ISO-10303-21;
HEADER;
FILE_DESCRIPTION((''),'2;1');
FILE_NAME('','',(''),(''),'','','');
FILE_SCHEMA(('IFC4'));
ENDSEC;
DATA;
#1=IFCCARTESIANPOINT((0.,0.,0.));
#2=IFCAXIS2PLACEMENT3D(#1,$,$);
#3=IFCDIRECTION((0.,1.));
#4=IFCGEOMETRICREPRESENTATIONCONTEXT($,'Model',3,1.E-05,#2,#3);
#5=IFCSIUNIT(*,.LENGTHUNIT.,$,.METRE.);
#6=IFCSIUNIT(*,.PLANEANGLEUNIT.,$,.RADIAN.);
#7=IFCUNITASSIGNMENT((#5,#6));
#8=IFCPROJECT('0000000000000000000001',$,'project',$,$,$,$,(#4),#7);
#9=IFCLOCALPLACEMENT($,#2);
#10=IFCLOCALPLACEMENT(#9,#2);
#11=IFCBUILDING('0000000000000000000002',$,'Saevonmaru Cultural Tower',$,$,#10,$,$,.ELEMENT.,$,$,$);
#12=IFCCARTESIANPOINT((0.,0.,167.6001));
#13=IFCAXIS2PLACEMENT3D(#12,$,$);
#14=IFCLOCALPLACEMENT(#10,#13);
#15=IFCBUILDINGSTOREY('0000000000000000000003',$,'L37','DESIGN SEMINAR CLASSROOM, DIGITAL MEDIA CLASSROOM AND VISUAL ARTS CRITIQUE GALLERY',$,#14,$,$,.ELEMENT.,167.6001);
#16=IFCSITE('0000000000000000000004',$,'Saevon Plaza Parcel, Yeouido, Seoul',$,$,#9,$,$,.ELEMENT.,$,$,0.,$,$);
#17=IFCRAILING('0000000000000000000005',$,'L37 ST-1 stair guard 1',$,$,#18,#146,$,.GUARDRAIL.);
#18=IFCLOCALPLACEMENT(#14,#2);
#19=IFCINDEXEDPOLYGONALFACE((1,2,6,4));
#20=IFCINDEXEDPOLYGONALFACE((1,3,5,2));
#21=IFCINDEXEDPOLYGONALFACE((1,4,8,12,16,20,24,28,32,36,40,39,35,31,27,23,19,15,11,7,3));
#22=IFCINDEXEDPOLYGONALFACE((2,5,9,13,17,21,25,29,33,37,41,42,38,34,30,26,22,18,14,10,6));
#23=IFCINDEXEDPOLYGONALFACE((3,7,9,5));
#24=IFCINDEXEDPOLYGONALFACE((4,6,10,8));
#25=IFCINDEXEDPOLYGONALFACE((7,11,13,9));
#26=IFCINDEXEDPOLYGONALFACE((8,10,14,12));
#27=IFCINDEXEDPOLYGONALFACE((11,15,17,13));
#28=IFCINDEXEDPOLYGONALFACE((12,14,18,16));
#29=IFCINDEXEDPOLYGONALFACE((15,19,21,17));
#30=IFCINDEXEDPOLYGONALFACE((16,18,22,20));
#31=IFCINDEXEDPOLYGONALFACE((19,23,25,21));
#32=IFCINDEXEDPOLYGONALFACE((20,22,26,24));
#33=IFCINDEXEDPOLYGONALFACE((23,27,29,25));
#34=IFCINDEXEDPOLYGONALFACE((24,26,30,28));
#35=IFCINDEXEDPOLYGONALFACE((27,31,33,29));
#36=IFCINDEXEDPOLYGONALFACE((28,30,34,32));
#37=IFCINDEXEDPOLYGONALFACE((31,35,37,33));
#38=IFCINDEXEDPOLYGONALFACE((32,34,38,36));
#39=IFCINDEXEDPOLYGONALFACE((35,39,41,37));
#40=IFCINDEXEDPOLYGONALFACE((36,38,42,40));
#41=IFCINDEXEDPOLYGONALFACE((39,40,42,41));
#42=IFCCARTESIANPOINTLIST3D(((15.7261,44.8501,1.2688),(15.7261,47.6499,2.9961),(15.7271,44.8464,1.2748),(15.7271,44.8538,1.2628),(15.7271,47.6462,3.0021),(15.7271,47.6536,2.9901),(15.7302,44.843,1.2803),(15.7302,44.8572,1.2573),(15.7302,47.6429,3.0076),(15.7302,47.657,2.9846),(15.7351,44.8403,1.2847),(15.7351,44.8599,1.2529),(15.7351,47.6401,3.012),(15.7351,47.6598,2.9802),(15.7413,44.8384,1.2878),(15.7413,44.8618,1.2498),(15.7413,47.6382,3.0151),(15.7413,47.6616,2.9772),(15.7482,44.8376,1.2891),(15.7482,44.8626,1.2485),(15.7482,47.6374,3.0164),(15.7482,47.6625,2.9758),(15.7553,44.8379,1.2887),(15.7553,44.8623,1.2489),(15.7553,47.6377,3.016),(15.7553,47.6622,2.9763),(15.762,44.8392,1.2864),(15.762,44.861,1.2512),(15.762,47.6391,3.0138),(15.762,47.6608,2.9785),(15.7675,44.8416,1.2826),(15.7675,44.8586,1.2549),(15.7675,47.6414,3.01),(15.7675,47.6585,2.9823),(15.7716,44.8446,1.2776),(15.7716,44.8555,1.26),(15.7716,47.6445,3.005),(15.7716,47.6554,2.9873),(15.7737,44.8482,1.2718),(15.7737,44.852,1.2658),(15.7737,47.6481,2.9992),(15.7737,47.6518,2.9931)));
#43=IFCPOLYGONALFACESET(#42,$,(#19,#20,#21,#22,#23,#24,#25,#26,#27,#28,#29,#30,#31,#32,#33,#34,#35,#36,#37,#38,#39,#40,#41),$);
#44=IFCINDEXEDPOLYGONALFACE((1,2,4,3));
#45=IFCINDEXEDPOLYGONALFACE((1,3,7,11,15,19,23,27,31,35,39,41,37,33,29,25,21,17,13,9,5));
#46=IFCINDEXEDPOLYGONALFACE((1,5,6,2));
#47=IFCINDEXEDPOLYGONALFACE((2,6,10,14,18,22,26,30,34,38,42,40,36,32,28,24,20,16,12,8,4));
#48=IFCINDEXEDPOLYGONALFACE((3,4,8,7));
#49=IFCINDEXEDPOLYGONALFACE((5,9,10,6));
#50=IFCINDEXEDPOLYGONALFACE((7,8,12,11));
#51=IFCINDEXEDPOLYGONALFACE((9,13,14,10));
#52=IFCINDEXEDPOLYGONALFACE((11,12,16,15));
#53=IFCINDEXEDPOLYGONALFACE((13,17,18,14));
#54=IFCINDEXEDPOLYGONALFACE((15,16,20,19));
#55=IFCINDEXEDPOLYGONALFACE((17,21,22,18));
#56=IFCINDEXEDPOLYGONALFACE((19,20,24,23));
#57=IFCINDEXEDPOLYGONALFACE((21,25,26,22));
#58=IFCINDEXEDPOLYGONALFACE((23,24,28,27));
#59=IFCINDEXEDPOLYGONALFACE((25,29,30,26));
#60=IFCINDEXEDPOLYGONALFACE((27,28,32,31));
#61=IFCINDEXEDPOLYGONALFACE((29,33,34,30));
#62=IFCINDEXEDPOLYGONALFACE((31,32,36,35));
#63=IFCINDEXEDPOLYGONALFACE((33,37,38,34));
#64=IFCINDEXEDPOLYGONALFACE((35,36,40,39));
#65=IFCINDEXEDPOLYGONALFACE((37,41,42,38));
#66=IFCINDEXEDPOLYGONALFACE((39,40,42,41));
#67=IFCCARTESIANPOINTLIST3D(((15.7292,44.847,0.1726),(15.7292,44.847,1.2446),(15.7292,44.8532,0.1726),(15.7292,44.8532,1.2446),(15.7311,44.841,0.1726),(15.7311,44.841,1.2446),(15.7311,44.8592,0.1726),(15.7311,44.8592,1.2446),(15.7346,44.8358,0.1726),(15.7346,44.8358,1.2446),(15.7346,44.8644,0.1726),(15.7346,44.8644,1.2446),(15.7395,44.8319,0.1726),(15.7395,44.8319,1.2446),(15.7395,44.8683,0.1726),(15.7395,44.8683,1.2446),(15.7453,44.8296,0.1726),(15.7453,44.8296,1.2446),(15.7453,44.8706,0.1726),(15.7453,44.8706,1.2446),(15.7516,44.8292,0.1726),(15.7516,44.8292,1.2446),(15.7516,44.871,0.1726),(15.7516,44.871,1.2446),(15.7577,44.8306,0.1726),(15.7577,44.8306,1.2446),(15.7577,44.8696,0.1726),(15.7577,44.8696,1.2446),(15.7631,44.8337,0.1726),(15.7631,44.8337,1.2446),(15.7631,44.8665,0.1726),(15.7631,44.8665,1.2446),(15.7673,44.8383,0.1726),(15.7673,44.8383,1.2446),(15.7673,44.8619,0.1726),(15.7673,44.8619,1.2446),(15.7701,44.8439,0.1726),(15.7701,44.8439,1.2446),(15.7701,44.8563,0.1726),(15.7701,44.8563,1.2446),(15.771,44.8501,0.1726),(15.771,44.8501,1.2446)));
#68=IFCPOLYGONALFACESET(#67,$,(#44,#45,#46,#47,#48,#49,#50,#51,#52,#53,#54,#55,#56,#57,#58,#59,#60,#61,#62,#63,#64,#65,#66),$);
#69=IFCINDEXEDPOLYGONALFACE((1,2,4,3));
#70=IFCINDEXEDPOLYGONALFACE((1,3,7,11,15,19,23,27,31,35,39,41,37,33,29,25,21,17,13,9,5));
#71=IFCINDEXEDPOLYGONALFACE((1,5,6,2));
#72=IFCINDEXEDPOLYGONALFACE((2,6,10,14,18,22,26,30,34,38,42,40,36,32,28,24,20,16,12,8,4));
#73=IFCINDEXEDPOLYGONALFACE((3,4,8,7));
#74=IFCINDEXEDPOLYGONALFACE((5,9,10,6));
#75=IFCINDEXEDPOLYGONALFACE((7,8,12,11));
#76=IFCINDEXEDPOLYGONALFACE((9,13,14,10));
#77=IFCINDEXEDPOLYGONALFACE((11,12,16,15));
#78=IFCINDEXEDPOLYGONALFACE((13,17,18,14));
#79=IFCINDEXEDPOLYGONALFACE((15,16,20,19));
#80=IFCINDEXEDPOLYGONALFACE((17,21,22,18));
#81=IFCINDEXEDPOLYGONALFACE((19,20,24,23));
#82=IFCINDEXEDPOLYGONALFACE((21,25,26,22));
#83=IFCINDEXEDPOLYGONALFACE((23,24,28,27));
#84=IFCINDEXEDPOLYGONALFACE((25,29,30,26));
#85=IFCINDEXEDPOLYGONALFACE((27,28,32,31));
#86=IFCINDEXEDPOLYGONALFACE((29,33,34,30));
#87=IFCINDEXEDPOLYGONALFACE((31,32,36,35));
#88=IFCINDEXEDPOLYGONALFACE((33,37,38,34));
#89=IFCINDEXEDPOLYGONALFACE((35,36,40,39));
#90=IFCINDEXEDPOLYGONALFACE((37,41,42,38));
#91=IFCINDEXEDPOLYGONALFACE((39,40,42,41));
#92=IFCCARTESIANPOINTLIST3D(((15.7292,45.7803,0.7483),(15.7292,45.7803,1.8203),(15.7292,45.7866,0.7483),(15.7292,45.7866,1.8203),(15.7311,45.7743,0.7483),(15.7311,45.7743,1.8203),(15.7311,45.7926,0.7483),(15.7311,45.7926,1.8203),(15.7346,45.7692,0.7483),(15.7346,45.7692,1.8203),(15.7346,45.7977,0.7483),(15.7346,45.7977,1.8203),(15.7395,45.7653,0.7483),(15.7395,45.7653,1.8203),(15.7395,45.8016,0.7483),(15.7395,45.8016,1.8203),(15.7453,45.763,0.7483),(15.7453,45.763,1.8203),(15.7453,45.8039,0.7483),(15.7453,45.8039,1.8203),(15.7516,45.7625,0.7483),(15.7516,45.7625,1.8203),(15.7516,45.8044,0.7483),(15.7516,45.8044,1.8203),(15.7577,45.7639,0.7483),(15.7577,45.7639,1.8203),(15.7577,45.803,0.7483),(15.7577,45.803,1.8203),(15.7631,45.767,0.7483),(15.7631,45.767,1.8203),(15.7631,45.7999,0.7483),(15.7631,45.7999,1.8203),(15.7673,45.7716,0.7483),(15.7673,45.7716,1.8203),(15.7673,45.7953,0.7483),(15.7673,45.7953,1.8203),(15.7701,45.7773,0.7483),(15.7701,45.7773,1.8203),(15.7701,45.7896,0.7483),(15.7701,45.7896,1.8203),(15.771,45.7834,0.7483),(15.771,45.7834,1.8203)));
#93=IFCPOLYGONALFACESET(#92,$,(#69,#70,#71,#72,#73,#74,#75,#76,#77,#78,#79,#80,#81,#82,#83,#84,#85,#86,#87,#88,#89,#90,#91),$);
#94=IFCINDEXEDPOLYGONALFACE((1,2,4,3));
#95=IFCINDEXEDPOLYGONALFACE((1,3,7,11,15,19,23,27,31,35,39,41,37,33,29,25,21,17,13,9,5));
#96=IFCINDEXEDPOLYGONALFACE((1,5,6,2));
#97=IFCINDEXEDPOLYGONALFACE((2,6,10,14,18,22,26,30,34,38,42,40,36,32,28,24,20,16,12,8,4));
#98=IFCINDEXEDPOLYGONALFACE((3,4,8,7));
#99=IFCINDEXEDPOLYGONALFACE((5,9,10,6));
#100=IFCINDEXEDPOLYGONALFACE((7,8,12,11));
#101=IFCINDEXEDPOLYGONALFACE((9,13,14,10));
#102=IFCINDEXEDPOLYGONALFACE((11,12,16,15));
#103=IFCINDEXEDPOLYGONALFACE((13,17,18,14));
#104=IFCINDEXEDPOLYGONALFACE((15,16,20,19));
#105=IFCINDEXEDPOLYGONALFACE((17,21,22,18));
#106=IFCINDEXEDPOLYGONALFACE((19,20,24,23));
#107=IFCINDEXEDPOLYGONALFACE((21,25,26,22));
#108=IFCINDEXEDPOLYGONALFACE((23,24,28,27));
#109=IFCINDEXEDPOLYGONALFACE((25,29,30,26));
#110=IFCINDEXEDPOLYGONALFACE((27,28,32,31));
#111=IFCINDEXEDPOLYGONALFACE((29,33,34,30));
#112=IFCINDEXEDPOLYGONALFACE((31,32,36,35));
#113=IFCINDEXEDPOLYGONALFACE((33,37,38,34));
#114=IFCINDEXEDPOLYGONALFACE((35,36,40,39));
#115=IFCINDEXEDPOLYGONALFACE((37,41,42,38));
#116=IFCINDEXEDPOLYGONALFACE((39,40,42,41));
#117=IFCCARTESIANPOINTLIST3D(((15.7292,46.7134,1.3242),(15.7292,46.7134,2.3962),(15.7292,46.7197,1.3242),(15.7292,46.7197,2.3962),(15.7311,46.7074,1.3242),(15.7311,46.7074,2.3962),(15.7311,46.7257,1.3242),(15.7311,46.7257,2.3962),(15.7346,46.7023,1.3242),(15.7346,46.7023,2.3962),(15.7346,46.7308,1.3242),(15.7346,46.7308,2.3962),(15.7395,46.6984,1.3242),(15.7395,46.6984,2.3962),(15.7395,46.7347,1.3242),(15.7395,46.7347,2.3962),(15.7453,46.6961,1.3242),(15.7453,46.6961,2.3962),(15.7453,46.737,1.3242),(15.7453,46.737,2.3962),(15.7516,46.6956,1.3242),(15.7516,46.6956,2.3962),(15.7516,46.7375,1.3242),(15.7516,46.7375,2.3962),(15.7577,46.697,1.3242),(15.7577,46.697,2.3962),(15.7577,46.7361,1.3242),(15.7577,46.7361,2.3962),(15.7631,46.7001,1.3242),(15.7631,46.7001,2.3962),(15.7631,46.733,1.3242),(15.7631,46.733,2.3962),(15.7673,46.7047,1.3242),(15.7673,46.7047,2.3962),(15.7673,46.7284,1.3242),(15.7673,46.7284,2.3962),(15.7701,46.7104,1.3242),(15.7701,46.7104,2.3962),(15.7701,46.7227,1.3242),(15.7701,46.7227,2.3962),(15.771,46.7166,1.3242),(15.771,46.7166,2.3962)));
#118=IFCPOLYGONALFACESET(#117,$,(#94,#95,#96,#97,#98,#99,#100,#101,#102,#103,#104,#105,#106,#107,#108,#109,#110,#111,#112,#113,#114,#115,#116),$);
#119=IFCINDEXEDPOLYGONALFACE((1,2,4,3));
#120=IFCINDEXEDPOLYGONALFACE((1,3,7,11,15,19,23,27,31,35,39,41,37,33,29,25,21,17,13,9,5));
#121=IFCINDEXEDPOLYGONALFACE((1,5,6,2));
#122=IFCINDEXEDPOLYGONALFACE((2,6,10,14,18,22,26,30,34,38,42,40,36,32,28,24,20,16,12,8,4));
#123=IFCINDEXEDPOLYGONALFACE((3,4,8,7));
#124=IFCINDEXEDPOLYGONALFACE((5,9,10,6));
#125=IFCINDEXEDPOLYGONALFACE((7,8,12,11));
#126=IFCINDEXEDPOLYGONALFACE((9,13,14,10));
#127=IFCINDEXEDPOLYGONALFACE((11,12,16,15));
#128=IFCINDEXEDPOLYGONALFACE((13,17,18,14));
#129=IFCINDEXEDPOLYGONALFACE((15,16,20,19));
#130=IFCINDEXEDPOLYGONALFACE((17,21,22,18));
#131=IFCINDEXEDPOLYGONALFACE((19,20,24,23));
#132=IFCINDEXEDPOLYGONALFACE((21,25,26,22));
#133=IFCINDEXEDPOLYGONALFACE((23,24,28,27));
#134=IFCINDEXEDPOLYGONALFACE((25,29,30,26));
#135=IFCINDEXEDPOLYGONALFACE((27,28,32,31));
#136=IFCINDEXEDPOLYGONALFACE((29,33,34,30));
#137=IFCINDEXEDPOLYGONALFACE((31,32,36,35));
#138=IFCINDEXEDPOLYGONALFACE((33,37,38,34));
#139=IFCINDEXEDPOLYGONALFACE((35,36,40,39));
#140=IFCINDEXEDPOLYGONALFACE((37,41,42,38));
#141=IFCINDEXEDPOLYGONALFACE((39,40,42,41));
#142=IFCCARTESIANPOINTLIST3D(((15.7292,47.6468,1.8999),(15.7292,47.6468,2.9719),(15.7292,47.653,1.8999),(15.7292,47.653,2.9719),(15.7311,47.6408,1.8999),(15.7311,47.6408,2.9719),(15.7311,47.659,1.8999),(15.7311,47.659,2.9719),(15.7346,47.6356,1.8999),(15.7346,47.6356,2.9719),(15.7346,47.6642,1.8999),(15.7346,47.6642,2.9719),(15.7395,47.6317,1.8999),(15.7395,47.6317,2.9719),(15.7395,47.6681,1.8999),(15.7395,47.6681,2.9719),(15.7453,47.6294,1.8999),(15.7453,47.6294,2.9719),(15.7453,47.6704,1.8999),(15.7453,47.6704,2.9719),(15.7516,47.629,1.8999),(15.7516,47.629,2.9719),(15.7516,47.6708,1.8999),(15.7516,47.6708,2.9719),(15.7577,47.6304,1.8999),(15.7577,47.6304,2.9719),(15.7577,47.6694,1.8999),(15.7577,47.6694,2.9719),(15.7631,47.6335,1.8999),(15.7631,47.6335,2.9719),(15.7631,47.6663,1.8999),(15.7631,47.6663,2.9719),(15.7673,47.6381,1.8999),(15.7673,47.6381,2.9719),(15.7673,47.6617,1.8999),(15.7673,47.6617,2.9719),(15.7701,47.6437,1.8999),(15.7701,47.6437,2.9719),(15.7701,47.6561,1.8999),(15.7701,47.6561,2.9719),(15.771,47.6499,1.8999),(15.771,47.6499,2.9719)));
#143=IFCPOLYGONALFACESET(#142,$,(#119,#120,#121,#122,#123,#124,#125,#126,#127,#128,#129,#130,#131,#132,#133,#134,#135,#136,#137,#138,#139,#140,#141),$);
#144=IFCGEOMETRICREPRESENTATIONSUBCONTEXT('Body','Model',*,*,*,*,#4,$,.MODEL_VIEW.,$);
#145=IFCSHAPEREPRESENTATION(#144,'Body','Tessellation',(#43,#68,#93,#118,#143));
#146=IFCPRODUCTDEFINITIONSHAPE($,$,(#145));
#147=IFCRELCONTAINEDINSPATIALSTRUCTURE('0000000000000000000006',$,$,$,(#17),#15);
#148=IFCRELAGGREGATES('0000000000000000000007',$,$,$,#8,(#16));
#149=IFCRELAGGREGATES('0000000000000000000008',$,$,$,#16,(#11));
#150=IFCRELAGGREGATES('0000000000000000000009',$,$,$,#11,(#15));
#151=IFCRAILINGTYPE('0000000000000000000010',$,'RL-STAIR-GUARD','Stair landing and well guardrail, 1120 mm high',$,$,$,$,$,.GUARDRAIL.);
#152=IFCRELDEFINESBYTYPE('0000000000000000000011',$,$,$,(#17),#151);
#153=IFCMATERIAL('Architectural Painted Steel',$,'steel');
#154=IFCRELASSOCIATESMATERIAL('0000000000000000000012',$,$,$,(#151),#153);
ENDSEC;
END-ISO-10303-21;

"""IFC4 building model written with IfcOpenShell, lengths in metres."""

from ifc_helpers import new_model, si_unit, direction, frame, origin, origin_2d, place, context, subcontext, project, spatial, circle, extrude, material, type_object, element, save


model = new_model("IFC4")

# Units and contexts
model_context = context("Model", 3, precision=1e-05, world=origin(), true_north=direction((0.0, 1.0)))
body_context = subcontext(model_context, "Body", "Model", "MODEL_VIEW")
ifc_project = project(units=[si_unit("LENGTHUNIT", "METRE"), si_unit("PLANEANGLEUNIT", "RADIAN")], contexts=[model_context])

# Site, building, storey
site_placement = place(None, origin())
site = spatial("IfcSite", under=ifc_project, at=site_placement, Name="Saevon Plaza Parcel, Yeouido, Seoul", CompositionType="ELEMENT", RefElevation=0.0)
building_placement = place(site_placement, origin())
building = spatial("IfcBuilding", under=site, at=building_placement, Name="Saevonmaru Cultural Tower", CompositionType="ELEMENT")
storey_placement = place(building_placement, frame((0.0, 0.0, 167.6001)))
storey = spatial("IfcBuildingStorey", under=building, at=storey_placement, Name="L37", Description="DESIGN SEMINAR CLASSROOM, DIGITAL MEDIA CLASSROOM AND VISUAL ARTS CRITIQUE GALLERY", CompositionType="ELEMENT", Elevation=167.6001)

# Railing
ifc_material_1 = material(Name="Architectural Painted Steel", Category="steel")
railing_type_1 = type_object("IfcRailingType", Name="RL-STAIR-GUARD", Description="Stair landing and well guardrail, 1120 mm high", PredefinedType="GUARDRAIL", material=ifc_material_1)
railing_1_placement = place(storey_placement, frame((15.75, 44.8501, 0.1726)))
element("IfcRailing", 1, at=railing_1_placement, inside=storey, type_object=railing_type_1, Name="L37 ST-1 stair guard 1", PredefinedType="GUARDRAIL", context=body_context, shape_type="SweptSolid", body=[
    extrude(circle(Radius=0.0239, at=origin_2d()), frame((0.0, 0.0, 1.0962), z_axis=(0.0, 0.851069, 0.525054), x_axis=(-1.0, 0.0, 0.0)), (0.0, 0.0, 1.0), 3.2898),
    extrude(circle(Radius=0.021, at=origin_2d()), origin(), (0.0, 0.0, 1.0), 1.072),
    extrude(circle(Radius=0.021, at=origin_2d()), frame((0.0, 0.9333, 0.5757)), (0.0, 0.0, 1.0), 1.072),
    extrude(circle(Radius=0.021, at=origin_2d()), frame((0.0, 1.8665, 1.1516)), (0.0, 0.0, 1.0), 1.072),
    extrude(circle(Radius=0.021, at=origin_2d()), frame((0.0, 2.7998, 1.7273)), (0.0, 0.0, 1.0), 1.072),
])

save(model, "model.ifc")
